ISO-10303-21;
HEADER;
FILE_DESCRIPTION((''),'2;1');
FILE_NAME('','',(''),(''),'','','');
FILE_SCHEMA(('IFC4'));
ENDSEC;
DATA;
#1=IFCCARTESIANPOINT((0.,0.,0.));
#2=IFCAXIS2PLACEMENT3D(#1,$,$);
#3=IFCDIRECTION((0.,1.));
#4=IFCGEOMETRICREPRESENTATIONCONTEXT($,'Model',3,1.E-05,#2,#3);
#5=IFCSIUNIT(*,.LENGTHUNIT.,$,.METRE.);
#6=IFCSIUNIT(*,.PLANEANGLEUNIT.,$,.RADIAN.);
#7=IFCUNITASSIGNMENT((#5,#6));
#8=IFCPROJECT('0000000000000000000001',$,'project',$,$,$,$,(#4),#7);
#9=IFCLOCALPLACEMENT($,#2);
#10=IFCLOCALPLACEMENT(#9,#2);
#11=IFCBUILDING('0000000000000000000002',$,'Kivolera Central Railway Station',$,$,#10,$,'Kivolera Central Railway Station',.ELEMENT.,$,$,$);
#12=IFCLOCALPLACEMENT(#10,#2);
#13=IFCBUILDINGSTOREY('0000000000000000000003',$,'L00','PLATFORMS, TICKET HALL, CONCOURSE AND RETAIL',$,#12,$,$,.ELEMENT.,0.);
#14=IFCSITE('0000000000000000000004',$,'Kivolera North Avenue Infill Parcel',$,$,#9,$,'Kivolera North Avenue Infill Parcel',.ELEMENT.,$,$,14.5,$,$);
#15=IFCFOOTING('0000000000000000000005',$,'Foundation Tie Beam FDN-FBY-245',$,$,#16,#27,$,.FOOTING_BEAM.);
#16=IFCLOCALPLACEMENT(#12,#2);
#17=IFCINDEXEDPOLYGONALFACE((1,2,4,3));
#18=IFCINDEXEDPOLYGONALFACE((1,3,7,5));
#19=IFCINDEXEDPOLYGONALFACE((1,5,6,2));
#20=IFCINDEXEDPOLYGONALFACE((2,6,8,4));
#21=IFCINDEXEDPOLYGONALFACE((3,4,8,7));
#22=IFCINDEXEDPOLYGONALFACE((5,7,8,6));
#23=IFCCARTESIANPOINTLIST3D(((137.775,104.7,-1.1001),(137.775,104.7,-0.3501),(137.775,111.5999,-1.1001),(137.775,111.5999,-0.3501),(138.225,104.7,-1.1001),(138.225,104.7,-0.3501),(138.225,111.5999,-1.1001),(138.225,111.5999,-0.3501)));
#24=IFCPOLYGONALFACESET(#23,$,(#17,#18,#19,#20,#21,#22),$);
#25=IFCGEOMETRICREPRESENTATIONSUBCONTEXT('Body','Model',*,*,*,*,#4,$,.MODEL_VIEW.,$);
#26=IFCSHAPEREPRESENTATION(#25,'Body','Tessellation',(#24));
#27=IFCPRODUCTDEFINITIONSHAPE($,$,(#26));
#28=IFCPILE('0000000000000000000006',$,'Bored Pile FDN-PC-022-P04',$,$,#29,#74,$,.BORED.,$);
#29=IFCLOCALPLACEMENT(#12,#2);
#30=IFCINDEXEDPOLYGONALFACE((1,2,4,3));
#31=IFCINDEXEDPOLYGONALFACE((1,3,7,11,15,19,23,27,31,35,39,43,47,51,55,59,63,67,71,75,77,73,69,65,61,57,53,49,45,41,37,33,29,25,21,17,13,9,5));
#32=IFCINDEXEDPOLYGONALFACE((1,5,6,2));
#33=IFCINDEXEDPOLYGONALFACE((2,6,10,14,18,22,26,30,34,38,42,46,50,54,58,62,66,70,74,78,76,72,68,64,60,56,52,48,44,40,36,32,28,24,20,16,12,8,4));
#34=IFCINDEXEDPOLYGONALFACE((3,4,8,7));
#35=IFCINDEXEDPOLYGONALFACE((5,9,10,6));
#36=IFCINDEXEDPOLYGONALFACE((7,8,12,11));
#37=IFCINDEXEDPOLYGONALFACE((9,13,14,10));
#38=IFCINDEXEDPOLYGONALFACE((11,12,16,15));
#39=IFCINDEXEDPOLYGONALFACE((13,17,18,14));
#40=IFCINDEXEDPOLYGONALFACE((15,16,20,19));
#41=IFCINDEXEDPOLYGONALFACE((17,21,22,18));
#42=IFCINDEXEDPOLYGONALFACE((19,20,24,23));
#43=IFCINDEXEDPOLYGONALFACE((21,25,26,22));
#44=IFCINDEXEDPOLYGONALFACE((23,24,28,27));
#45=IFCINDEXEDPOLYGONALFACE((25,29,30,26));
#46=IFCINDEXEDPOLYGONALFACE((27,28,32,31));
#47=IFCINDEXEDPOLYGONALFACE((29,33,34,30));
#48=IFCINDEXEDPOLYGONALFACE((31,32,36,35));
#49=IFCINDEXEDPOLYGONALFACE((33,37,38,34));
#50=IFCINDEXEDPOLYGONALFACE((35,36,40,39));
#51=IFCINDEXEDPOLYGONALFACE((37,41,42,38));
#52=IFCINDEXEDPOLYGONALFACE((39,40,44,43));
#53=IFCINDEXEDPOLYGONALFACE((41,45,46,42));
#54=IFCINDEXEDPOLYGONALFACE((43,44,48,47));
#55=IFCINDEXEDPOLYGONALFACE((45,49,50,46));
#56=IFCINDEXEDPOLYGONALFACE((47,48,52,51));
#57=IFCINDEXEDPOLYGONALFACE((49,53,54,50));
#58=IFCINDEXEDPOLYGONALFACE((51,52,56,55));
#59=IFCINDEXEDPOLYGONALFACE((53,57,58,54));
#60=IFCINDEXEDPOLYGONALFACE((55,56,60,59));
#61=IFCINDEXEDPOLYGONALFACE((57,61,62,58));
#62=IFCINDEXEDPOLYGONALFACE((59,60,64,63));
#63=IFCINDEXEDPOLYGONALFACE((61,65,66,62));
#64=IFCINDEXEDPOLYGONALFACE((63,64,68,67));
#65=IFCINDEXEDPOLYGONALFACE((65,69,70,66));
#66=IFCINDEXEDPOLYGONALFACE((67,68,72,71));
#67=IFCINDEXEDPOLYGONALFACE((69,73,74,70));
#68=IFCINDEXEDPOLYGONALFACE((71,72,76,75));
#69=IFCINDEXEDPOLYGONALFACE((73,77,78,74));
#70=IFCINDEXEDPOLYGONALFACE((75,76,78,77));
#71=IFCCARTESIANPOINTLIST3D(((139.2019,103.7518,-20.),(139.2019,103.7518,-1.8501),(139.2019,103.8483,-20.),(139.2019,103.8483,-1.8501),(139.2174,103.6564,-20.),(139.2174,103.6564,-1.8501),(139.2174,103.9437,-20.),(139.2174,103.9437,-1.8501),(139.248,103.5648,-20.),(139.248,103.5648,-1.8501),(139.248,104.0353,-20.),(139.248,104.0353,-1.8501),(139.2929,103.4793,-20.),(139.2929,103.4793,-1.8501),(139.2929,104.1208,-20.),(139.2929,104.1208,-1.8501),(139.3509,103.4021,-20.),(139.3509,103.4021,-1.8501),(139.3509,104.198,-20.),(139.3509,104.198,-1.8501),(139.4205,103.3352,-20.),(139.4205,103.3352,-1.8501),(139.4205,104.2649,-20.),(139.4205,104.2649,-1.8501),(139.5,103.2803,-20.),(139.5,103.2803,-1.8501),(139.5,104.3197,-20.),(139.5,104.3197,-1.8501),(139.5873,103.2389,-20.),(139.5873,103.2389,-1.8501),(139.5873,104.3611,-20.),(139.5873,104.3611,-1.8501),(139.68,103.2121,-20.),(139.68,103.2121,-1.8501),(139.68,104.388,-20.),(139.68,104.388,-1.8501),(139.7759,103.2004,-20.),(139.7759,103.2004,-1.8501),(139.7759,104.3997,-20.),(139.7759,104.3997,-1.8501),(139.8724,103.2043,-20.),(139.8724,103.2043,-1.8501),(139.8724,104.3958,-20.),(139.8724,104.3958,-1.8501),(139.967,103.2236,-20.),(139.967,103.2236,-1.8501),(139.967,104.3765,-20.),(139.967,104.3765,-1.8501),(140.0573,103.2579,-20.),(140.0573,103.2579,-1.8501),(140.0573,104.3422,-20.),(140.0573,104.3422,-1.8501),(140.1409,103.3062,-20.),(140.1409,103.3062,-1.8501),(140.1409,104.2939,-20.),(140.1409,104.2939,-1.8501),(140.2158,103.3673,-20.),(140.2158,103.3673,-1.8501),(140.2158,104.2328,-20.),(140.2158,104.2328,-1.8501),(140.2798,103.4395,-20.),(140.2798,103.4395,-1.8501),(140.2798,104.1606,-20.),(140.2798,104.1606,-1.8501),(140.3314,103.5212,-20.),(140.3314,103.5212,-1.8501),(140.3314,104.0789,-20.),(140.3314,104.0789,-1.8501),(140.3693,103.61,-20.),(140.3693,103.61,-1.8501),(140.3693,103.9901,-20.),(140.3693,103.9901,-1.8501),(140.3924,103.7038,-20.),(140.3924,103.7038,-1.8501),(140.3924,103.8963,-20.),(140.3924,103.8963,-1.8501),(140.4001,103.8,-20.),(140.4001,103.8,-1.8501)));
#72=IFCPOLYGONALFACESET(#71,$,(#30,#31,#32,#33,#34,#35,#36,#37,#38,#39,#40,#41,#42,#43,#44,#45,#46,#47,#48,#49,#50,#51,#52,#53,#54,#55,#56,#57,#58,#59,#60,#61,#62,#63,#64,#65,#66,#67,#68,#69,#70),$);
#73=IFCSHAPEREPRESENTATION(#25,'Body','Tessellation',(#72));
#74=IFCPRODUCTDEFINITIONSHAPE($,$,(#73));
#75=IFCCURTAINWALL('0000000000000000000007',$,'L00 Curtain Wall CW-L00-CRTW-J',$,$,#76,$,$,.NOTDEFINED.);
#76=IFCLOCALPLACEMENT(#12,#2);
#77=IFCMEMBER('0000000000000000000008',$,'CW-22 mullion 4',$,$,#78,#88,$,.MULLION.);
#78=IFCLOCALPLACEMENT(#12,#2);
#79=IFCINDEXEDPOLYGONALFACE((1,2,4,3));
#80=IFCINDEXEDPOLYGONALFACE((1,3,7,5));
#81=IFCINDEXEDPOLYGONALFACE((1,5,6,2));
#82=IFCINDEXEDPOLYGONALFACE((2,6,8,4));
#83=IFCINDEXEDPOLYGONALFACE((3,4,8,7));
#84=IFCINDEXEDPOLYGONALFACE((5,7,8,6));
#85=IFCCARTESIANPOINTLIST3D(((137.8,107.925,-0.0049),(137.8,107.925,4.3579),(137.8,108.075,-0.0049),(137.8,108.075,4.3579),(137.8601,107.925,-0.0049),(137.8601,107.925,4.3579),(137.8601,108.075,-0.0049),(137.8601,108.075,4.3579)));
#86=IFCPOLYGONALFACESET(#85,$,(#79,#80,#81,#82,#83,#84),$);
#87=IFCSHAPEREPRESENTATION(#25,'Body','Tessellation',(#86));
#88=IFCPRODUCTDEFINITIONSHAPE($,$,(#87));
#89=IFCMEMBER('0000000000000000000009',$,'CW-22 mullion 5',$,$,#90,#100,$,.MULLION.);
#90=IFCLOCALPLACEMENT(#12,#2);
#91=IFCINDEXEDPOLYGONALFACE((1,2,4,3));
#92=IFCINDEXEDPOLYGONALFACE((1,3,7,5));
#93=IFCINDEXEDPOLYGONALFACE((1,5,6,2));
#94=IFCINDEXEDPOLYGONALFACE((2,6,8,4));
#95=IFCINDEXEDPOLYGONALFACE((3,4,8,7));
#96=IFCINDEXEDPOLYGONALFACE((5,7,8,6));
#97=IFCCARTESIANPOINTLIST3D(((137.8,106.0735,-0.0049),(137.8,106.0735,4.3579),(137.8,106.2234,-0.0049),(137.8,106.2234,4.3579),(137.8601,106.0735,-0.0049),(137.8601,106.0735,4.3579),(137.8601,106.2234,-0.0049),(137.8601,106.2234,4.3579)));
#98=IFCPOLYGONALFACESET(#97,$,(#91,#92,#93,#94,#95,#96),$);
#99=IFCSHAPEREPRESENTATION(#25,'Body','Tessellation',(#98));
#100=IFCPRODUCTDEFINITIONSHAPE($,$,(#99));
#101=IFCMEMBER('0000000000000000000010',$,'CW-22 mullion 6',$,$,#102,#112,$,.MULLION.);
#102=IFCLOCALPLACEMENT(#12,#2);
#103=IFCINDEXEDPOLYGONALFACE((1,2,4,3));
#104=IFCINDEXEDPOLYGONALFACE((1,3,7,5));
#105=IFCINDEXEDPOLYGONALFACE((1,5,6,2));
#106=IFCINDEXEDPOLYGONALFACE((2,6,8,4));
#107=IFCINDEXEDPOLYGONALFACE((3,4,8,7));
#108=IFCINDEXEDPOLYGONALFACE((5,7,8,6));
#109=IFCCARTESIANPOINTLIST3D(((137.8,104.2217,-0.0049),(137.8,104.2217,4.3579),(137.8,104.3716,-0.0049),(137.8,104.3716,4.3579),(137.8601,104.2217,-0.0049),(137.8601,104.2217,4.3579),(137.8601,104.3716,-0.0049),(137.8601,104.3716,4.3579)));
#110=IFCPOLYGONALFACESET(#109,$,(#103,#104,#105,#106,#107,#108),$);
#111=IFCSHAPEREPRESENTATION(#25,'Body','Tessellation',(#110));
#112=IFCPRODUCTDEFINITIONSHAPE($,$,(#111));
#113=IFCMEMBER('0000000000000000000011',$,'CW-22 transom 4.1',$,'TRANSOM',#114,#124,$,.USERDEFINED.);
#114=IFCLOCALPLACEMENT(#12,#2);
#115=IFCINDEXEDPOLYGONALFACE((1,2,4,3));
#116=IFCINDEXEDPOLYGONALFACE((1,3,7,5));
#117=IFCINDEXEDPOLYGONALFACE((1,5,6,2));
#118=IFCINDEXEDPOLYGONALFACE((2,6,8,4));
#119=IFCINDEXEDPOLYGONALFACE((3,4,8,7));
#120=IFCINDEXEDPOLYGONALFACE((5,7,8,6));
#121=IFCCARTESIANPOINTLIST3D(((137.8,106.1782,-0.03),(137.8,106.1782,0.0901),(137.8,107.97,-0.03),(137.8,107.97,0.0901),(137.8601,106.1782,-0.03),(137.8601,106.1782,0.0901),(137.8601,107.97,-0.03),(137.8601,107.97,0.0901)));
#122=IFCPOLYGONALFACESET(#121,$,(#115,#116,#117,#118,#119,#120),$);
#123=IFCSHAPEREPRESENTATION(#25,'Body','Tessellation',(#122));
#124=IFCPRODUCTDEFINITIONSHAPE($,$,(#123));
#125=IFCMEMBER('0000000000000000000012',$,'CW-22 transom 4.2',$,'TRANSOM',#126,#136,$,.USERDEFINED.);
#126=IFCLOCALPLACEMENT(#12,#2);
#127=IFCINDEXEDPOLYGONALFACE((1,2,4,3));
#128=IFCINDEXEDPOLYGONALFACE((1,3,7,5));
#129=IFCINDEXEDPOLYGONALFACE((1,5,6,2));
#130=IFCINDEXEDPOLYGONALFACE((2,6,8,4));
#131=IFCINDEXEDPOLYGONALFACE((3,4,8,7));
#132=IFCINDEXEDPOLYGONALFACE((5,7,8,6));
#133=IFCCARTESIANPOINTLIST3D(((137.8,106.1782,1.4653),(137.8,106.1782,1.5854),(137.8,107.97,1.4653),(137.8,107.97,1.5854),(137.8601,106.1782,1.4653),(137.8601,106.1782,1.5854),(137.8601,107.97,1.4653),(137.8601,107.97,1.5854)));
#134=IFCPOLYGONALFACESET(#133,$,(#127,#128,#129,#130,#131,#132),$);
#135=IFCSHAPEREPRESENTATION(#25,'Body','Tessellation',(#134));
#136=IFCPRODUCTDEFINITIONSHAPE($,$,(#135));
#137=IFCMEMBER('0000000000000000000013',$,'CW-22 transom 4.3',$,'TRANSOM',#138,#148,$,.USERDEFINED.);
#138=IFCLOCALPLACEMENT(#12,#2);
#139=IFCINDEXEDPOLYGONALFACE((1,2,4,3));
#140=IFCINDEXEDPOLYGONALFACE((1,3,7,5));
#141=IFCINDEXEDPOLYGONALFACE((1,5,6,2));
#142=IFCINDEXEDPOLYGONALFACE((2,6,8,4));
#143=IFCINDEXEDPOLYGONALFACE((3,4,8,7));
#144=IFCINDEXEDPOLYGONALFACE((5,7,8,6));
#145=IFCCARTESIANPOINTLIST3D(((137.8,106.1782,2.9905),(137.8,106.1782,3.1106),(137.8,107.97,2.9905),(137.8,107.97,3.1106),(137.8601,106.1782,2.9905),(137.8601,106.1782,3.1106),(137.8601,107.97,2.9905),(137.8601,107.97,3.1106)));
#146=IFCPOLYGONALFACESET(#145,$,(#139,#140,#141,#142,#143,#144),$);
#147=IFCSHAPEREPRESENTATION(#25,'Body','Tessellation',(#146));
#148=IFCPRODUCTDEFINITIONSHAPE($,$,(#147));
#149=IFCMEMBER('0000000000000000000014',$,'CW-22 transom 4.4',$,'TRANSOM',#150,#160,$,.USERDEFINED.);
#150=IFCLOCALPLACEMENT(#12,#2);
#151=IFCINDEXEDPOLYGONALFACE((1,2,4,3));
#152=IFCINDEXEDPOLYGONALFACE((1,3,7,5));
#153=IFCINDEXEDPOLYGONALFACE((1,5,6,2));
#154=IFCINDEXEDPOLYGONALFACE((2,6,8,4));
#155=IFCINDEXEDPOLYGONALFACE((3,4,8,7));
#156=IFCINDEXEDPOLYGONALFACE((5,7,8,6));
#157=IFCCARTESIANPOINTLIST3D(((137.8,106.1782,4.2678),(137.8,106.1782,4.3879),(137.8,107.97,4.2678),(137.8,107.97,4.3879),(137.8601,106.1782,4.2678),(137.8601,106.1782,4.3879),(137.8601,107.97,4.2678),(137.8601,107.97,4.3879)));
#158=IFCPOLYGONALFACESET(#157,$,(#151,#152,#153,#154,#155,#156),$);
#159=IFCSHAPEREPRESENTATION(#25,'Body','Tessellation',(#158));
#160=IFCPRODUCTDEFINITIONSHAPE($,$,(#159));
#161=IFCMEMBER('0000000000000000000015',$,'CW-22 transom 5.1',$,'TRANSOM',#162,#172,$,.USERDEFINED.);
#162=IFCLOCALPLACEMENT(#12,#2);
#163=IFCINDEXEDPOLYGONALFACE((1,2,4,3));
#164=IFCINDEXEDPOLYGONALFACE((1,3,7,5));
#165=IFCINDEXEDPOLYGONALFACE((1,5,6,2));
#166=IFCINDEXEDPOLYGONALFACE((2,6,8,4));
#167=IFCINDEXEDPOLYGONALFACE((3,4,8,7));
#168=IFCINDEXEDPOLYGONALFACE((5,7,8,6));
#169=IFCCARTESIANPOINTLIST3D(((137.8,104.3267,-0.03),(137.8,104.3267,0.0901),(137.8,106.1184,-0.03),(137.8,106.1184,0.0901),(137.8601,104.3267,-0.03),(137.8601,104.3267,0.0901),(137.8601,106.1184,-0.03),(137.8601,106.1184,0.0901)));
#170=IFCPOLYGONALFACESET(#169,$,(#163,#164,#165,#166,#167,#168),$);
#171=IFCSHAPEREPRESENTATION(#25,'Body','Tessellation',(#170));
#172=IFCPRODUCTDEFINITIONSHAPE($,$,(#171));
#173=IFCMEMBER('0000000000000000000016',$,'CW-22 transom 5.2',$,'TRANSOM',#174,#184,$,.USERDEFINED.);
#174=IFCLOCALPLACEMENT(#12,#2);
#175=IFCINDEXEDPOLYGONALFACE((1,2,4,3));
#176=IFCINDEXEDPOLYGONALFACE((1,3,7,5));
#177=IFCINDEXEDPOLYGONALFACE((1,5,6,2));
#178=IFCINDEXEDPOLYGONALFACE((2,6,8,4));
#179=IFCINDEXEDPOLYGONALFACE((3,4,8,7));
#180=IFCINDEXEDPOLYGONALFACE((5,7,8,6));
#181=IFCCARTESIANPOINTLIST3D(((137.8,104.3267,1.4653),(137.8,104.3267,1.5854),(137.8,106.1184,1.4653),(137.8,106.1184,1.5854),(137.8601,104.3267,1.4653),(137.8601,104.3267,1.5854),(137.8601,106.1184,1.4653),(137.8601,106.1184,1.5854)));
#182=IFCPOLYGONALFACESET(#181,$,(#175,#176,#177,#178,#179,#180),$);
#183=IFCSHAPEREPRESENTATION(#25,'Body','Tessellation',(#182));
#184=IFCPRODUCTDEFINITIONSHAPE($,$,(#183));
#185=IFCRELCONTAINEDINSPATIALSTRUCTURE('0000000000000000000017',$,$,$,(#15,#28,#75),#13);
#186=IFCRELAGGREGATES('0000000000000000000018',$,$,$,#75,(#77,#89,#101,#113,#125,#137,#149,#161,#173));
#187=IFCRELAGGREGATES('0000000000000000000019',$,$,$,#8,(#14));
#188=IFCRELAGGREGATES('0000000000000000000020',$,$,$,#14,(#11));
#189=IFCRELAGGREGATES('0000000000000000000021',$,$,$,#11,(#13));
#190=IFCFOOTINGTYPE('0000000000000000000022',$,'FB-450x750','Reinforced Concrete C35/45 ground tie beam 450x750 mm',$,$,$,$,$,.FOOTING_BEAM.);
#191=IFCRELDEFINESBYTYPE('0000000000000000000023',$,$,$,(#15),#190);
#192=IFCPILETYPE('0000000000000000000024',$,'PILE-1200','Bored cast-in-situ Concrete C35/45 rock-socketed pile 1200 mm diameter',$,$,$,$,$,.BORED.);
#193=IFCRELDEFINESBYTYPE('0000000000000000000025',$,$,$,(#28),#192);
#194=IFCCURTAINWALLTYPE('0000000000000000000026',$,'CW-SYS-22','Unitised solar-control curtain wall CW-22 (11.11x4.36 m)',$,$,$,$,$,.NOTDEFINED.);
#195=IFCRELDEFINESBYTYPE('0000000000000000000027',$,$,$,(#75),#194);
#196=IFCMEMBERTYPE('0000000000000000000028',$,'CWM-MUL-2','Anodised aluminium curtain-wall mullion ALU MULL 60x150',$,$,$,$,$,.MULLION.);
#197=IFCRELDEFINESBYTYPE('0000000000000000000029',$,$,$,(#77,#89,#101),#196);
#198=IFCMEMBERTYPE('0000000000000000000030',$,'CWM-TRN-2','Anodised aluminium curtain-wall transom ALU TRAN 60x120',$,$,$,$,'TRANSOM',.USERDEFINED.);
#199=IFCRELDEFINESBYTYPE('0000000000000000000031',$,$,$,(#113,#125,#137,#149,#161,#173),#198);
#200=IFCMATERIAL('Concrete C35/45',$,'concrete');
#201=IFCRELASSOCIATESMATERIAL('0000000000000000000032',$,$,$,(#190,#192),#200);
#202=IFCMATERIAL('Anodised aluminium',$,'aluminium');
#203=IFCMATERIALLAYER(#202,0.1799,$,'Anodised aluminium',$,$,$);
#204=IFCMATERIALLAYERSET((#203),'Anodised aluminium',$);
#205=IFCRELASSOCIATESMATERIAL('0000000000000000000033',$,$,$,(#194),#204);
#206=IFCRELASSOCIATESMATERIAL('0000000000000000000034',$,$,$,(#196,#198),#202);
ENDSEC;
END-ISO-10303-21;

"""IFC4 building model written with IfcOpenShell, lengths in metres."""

from ifc_helpers import new_model, si_unit, direction, frame, origin, origin_2d, place, context, subcontext, project, spatial, rectangle, circle, extrude, material, layer, layer_set, material_profile, profile_set, type_object, element, aggregate, save


model = new_model("IFC4")

# Units and contexts
model_context = context("Model", 3, precision=1e-05, world=origin(), true_north=direction((0.0, 1.0)))
body_context = subcontext(model_context, "Body", "Model", "MODEL_VIEW")
ifc_project = project(units=[si_unit("LENGTHUNIT", "METRE"), si_unit("PLANEANGLEUNIT", "RADIAN")], contexts=[model_context])

# Site, building, storey
site_placement = place(None, origin())
site = spatial("IfcSite", under=ifc_project, at=site_placement, Name="Kivolera North Avenue Infill Parcel", LongName="Kivolera North Avenue Infill Parcel", CompositionType="ELEMENT", RefElevation=14.5)
building_placement = place(site_placement, origin())
building = spatial("IfcBuilding", under=site, at=building_placement, Name="Kivolera Central Railway Station", LongName="Kivolera Central Railway Station", CompositionType="ELEMENT")
storey_placement = place(building_placement, origin())
storey = spatial("IfcBuildingStorey", under=building, at=storey_placement, Name="L00", Description="PLATFORMS, TICKET HALL, CONCOURSE AND RETAIL", CompositionType="ELEMENT", Elevation=0.0)

# Footing
ifc_material_1 = material(Name="Concrete C35/45", Category="concrete")
footing_type = type_object("IfcFootingType", Name="FB-450x750", Description="Reinforced Concrete C35/45 ground tie beam 450x750 mm", PredefinedType="FOOTING_BEAM", material=ifc_material_1)
footing_placement = place(storey_placement, frame((138.0, 108.1499, -1.1001), z_axis=(0.0, 0.0, 1.0), x_axis=(1.0, 0.0, 0.0)))
element("IfcFooting", 1, at=footing_placement, inside=storey, type_object=footing_type, Name="Foundation Tie Beam FDN-FBY-245", PredefinedType="FOOTING_BEAM", context=body_context, shape_type="SweptSolid", body=[
    extrude(rectangle(XDim=0.45, YDim=6.8999, at=origin_2d()), origin(), (0.0, 0.0, 1.0), 0.75),
])

# Pile
ifc_material_profile_1 = material_profile(ifc_material_1, circle(Radius=0.6001, at=origin_2d()), Name="PILE D1200")
ifc_profile_set_1 = profile_set([ifc_material_profile_1], Name="Concrete C35/45")
pile_type = type_object("IfcPileType", Name="PILE-1200", Description="Bored cast-in-situ Concrete C35/45 rock-socketed pile 1200 mm diameter", PredefinedType="BORED", material=ifc_profile_set_1)
pile_placement = place(storey_placement, frame((139.8, 103.8, -1.8501), z_axis=(0.0, 0.0, -1.0), x_axis=(1.0, 0.0, 0.0)))
element("IfcPile", 2, at=pile_placement, inside=storey, type_object=pile_type, Name="Bored Pile FDN-PC-022-P04", PredefinedType="BORED", context=body_context, shape_type="SweptSolid", body=[
    extrude(circle(Radius=0.6001, at=origin_2d()), origin(), (0.0, 0.0, 1.0), 18.1499),
])

# Curtain wall, members
ifc_material_2 = material(Name="Anodised aluminium", Category="aluminium")
ifc_layer_1 = layer(ifc_material_2, 0.1799, Name="Anodised aluminium")
ifc_layer_set_1 = layer_set([ifc_layer_1], Name="Anodised aluminium")
curtain_wall_type = type_object("IfcCurtainWallType", Name="CW-SYS-22", Description="Unitised solar-control curtain wall CW-22 (11.11x4.36 m)", PredefinedType="NOTDEFINED", material=ifc_layer_set_1)
curtain_wall_placement = place(storey_placement, origin())
curtain_wall = element("IfcCurtainWall", 3, at=curtain_wall_placement, inside=storey, type_object=curtain_wall_type, Name="L00 Curtain Wall CW-L00-CRTW-J", PredefinedType="NOTDEFINED")
ifc_material_profile_2 = material_profile(ifc_material_2, rectangle(XDim=0.0601, YDim=0.1499, at=origin_2d()), Name="ALU MULL 60x150")
ifc_profile_set_2 = profile_set([ifc_material_profile_2], Name="Anodised aluminium")
member_type_1 = type_object("IfcMemberType", Name="CWM-MUL-2", Description="Anodised aluminium curtain-wall mullion ALU MULL 60x150", PredefinedType="MULLION", material=ifc_profile_set_2)
member_1_placement = place(storey_placement, frame((137.8301, 108.0, -0.0049), z_axis=(0.0, 0.0, 1.0), x_axis=(1.0, 0.0, 0.0)))
member_1 = element("IfcMember", 4, at=member_1_placement, type_object=member_type_1, Name="CW-22 mullion 4", PredefinedType="MULLION", context=body_context, shape_type="SweptSolid", body=[
    extrude(rectangle(XDim=0.0601, YDim=0.1499, at=origin_2d()), origin(), (0.0, 0.0, 1.0), 4.3628),
])
member_2_placement = place(storey_placement, frame((137.8301, 106.1484, -0.0049), z_axis=(0.0, 0.0, 1.0), x_axis=(1.0, 0.0, 0.0)))
member_2 = element("IfcMember", 5, at=member_2_placement, type_object=member_type_1, Name="CW-22 mullion 5", PredefinedType="MULLION", context=body_context, shape_type="SweptSolid", body=[
    extrude(rectangle(XDim=0.0601, YDim=0.1499, at=origin_2d()), origin(), (0.0, 0.0, 1.0), 4.3628),
])
member_3_placement = place(storey_placement, frame((137.8301, 104.2966, -0.0049), z_axis=(0.0, 0.0, 1.0), x_axis=(1.0, 0.0, 0.0)))
member_3 = element("IfcMember", 6, at=member_3_placement, type_object=member_type_1, Name="CW-22 mullion 6", PredefinedType="MULLION", context=body_context, shape_type="SweptSolid", body=[
    extrude(rectangle(XDim=0.0601, YDim=0.1499, at=origin_2d()), origin(), (0.0, 0.0, 1.0), 4.3628),
])
ifc_material_profile_3 = material_profile(ifc_material_2, rectangle(XDim=0.0601, YDim=0.1201, at=origin_2d()), Name="ALU TRAN 60x120")
ifc_profile_set_3 = profile_set([ifc_material_profile_3], Name="Anodised aluminium")
member_type_2 = type_object("IfcMemberType", Name="CWM-TRN-2", Description="Anodised aluminium curtain-wall transom ALU TRAN 60x120", ElementType="TRANSOM", PredefinedType="USERDEFINED", material=ifc_profile_set_3)
member_4_placement = place(storey_placement, frame((137.8301, 107.97, 0.03), z_axis=(0.0, -1.0, 0.0), x_axis=(1.0, 0.0, 0.0)))
member_4 = element("IfcMember", 7, at=member_4_placement, type_object=member_type_2, Name="CW-22 transom 4.1", ObjectType="TRANSOM", PredefinedType="USERDEFINED", context=body_context, shape_type="SweptSolid", body=[
    extrude(rectangle(XDim=0.0601, YDim=0.1201, at=origin_2d()), origin(), (0.0, 0.0, 1.0), 1.7917),
])
member_5_placement = place(storey_placement, frame((137.8301, 107.97, 1.5254), z_axis=(0.0, -1.0, 0.0), x_axis=(1.0, 0.0, 0.0)))
member_5 = element("IfcMember", 8, at=member_5_placement, type_object=member_type_2, Name="CW-22 transom 4.2", ObjectType="TRANSOM", PredefinedType="USERDEFINED", context=body_context, shape_type="SweptSolid", body=[
    extrude(rectangle(XDim=0.0601, YDim=0.1201, at=origin_2d()), origin(), (0.0, 0.0, 1.0), 1.7917),
])
member_6_placement = place(storey_placement, frame((137.8301, 107.97, 3.0505), z_axis=(0.0, -1.0, 0.0), x_axis=(1.0, 0.0, 0.0)))
member_6 = element("IfcMember", 9, at=member_6_placement, type_object=member_type_2, Name="CW-22 transom 4.3", ObjectType="TRANSOM", PredefinedType="USERDEFINED", context=body_context, shape_type="SweptSolid", body=[
    extrude(rectangle(XDim=0.0601, YDim=0.1201, at=origin_2d()), origin(), (0.0, 0.0, 1.0), 1.7917),
])
member_7_placement = place(storey_placement, frame((137.8301, 107.97, 4.3279), z_axis=(0.0, -1.0, 0.0), x_axis=(1.0, 0.0, 0.0)))
member_7 = element("IfcMember", 10, at=member_7_placement, type_object=member_type_2, Name="CW-22 transom 4.4", ObjectType="TRANSOM", PredefinedType="USERDEFINED", context=body_context, shape_type="SweptSolid", body=[
    extrude(rectangle(XDim=0.0601, YDim=0.1201, at=origin_2d()), origin(), (0.0, 0.0, 1.0), 1.7917),
])
member_8_placement = place(storey_placement, frame((137.8301, 106.1184, 0.03), z_axis=(0.0, -1.0, 0.0), x_axis=(1.0, 0.0, 0.0)))
member_8 = element("IfcMember", 11, at=member_8_placement, type_object=member_type_2, Name="CW-22 transom 5.1", ObjectType="TRANSOM", PredefinedType="USERDEFINED", context=body_context, shape_type="SweptSolid", body=[
    extrude(rectangle(XDim=0.0601, YDim=0.1201, at=origin_2d()), origin(), (0.0, 0.0, 1.0), 1.7917),
])
member_9_placement = place(storey_placement, frame((137.8301, 106.1184, 1.5254), z_axis=(0.0, -1.0, 0.0), x_axis=(1.0, 0.0, 0.0)))
member_9 = element("IfcMember", 12, at=member_9_placement, type_object=member_type_2, Name="CW-22 transom 5.2", ObjectType="TRANSOM", PredefinedType="USERDEFINED", context=body_context, shape_type="SweptSolid", body=[
    extrude(rectangle(XDim=0.0601, YDim=0.1201, at=origin_2d()), origin(), (0.0, 0.0, 1.0), 1.7917),
])
aggregate(curtain_wall, [member_1, member_2, member_3, member_4, member_5, member_6, member_7, member_8, member_9])

save(model, "model.ifc")
